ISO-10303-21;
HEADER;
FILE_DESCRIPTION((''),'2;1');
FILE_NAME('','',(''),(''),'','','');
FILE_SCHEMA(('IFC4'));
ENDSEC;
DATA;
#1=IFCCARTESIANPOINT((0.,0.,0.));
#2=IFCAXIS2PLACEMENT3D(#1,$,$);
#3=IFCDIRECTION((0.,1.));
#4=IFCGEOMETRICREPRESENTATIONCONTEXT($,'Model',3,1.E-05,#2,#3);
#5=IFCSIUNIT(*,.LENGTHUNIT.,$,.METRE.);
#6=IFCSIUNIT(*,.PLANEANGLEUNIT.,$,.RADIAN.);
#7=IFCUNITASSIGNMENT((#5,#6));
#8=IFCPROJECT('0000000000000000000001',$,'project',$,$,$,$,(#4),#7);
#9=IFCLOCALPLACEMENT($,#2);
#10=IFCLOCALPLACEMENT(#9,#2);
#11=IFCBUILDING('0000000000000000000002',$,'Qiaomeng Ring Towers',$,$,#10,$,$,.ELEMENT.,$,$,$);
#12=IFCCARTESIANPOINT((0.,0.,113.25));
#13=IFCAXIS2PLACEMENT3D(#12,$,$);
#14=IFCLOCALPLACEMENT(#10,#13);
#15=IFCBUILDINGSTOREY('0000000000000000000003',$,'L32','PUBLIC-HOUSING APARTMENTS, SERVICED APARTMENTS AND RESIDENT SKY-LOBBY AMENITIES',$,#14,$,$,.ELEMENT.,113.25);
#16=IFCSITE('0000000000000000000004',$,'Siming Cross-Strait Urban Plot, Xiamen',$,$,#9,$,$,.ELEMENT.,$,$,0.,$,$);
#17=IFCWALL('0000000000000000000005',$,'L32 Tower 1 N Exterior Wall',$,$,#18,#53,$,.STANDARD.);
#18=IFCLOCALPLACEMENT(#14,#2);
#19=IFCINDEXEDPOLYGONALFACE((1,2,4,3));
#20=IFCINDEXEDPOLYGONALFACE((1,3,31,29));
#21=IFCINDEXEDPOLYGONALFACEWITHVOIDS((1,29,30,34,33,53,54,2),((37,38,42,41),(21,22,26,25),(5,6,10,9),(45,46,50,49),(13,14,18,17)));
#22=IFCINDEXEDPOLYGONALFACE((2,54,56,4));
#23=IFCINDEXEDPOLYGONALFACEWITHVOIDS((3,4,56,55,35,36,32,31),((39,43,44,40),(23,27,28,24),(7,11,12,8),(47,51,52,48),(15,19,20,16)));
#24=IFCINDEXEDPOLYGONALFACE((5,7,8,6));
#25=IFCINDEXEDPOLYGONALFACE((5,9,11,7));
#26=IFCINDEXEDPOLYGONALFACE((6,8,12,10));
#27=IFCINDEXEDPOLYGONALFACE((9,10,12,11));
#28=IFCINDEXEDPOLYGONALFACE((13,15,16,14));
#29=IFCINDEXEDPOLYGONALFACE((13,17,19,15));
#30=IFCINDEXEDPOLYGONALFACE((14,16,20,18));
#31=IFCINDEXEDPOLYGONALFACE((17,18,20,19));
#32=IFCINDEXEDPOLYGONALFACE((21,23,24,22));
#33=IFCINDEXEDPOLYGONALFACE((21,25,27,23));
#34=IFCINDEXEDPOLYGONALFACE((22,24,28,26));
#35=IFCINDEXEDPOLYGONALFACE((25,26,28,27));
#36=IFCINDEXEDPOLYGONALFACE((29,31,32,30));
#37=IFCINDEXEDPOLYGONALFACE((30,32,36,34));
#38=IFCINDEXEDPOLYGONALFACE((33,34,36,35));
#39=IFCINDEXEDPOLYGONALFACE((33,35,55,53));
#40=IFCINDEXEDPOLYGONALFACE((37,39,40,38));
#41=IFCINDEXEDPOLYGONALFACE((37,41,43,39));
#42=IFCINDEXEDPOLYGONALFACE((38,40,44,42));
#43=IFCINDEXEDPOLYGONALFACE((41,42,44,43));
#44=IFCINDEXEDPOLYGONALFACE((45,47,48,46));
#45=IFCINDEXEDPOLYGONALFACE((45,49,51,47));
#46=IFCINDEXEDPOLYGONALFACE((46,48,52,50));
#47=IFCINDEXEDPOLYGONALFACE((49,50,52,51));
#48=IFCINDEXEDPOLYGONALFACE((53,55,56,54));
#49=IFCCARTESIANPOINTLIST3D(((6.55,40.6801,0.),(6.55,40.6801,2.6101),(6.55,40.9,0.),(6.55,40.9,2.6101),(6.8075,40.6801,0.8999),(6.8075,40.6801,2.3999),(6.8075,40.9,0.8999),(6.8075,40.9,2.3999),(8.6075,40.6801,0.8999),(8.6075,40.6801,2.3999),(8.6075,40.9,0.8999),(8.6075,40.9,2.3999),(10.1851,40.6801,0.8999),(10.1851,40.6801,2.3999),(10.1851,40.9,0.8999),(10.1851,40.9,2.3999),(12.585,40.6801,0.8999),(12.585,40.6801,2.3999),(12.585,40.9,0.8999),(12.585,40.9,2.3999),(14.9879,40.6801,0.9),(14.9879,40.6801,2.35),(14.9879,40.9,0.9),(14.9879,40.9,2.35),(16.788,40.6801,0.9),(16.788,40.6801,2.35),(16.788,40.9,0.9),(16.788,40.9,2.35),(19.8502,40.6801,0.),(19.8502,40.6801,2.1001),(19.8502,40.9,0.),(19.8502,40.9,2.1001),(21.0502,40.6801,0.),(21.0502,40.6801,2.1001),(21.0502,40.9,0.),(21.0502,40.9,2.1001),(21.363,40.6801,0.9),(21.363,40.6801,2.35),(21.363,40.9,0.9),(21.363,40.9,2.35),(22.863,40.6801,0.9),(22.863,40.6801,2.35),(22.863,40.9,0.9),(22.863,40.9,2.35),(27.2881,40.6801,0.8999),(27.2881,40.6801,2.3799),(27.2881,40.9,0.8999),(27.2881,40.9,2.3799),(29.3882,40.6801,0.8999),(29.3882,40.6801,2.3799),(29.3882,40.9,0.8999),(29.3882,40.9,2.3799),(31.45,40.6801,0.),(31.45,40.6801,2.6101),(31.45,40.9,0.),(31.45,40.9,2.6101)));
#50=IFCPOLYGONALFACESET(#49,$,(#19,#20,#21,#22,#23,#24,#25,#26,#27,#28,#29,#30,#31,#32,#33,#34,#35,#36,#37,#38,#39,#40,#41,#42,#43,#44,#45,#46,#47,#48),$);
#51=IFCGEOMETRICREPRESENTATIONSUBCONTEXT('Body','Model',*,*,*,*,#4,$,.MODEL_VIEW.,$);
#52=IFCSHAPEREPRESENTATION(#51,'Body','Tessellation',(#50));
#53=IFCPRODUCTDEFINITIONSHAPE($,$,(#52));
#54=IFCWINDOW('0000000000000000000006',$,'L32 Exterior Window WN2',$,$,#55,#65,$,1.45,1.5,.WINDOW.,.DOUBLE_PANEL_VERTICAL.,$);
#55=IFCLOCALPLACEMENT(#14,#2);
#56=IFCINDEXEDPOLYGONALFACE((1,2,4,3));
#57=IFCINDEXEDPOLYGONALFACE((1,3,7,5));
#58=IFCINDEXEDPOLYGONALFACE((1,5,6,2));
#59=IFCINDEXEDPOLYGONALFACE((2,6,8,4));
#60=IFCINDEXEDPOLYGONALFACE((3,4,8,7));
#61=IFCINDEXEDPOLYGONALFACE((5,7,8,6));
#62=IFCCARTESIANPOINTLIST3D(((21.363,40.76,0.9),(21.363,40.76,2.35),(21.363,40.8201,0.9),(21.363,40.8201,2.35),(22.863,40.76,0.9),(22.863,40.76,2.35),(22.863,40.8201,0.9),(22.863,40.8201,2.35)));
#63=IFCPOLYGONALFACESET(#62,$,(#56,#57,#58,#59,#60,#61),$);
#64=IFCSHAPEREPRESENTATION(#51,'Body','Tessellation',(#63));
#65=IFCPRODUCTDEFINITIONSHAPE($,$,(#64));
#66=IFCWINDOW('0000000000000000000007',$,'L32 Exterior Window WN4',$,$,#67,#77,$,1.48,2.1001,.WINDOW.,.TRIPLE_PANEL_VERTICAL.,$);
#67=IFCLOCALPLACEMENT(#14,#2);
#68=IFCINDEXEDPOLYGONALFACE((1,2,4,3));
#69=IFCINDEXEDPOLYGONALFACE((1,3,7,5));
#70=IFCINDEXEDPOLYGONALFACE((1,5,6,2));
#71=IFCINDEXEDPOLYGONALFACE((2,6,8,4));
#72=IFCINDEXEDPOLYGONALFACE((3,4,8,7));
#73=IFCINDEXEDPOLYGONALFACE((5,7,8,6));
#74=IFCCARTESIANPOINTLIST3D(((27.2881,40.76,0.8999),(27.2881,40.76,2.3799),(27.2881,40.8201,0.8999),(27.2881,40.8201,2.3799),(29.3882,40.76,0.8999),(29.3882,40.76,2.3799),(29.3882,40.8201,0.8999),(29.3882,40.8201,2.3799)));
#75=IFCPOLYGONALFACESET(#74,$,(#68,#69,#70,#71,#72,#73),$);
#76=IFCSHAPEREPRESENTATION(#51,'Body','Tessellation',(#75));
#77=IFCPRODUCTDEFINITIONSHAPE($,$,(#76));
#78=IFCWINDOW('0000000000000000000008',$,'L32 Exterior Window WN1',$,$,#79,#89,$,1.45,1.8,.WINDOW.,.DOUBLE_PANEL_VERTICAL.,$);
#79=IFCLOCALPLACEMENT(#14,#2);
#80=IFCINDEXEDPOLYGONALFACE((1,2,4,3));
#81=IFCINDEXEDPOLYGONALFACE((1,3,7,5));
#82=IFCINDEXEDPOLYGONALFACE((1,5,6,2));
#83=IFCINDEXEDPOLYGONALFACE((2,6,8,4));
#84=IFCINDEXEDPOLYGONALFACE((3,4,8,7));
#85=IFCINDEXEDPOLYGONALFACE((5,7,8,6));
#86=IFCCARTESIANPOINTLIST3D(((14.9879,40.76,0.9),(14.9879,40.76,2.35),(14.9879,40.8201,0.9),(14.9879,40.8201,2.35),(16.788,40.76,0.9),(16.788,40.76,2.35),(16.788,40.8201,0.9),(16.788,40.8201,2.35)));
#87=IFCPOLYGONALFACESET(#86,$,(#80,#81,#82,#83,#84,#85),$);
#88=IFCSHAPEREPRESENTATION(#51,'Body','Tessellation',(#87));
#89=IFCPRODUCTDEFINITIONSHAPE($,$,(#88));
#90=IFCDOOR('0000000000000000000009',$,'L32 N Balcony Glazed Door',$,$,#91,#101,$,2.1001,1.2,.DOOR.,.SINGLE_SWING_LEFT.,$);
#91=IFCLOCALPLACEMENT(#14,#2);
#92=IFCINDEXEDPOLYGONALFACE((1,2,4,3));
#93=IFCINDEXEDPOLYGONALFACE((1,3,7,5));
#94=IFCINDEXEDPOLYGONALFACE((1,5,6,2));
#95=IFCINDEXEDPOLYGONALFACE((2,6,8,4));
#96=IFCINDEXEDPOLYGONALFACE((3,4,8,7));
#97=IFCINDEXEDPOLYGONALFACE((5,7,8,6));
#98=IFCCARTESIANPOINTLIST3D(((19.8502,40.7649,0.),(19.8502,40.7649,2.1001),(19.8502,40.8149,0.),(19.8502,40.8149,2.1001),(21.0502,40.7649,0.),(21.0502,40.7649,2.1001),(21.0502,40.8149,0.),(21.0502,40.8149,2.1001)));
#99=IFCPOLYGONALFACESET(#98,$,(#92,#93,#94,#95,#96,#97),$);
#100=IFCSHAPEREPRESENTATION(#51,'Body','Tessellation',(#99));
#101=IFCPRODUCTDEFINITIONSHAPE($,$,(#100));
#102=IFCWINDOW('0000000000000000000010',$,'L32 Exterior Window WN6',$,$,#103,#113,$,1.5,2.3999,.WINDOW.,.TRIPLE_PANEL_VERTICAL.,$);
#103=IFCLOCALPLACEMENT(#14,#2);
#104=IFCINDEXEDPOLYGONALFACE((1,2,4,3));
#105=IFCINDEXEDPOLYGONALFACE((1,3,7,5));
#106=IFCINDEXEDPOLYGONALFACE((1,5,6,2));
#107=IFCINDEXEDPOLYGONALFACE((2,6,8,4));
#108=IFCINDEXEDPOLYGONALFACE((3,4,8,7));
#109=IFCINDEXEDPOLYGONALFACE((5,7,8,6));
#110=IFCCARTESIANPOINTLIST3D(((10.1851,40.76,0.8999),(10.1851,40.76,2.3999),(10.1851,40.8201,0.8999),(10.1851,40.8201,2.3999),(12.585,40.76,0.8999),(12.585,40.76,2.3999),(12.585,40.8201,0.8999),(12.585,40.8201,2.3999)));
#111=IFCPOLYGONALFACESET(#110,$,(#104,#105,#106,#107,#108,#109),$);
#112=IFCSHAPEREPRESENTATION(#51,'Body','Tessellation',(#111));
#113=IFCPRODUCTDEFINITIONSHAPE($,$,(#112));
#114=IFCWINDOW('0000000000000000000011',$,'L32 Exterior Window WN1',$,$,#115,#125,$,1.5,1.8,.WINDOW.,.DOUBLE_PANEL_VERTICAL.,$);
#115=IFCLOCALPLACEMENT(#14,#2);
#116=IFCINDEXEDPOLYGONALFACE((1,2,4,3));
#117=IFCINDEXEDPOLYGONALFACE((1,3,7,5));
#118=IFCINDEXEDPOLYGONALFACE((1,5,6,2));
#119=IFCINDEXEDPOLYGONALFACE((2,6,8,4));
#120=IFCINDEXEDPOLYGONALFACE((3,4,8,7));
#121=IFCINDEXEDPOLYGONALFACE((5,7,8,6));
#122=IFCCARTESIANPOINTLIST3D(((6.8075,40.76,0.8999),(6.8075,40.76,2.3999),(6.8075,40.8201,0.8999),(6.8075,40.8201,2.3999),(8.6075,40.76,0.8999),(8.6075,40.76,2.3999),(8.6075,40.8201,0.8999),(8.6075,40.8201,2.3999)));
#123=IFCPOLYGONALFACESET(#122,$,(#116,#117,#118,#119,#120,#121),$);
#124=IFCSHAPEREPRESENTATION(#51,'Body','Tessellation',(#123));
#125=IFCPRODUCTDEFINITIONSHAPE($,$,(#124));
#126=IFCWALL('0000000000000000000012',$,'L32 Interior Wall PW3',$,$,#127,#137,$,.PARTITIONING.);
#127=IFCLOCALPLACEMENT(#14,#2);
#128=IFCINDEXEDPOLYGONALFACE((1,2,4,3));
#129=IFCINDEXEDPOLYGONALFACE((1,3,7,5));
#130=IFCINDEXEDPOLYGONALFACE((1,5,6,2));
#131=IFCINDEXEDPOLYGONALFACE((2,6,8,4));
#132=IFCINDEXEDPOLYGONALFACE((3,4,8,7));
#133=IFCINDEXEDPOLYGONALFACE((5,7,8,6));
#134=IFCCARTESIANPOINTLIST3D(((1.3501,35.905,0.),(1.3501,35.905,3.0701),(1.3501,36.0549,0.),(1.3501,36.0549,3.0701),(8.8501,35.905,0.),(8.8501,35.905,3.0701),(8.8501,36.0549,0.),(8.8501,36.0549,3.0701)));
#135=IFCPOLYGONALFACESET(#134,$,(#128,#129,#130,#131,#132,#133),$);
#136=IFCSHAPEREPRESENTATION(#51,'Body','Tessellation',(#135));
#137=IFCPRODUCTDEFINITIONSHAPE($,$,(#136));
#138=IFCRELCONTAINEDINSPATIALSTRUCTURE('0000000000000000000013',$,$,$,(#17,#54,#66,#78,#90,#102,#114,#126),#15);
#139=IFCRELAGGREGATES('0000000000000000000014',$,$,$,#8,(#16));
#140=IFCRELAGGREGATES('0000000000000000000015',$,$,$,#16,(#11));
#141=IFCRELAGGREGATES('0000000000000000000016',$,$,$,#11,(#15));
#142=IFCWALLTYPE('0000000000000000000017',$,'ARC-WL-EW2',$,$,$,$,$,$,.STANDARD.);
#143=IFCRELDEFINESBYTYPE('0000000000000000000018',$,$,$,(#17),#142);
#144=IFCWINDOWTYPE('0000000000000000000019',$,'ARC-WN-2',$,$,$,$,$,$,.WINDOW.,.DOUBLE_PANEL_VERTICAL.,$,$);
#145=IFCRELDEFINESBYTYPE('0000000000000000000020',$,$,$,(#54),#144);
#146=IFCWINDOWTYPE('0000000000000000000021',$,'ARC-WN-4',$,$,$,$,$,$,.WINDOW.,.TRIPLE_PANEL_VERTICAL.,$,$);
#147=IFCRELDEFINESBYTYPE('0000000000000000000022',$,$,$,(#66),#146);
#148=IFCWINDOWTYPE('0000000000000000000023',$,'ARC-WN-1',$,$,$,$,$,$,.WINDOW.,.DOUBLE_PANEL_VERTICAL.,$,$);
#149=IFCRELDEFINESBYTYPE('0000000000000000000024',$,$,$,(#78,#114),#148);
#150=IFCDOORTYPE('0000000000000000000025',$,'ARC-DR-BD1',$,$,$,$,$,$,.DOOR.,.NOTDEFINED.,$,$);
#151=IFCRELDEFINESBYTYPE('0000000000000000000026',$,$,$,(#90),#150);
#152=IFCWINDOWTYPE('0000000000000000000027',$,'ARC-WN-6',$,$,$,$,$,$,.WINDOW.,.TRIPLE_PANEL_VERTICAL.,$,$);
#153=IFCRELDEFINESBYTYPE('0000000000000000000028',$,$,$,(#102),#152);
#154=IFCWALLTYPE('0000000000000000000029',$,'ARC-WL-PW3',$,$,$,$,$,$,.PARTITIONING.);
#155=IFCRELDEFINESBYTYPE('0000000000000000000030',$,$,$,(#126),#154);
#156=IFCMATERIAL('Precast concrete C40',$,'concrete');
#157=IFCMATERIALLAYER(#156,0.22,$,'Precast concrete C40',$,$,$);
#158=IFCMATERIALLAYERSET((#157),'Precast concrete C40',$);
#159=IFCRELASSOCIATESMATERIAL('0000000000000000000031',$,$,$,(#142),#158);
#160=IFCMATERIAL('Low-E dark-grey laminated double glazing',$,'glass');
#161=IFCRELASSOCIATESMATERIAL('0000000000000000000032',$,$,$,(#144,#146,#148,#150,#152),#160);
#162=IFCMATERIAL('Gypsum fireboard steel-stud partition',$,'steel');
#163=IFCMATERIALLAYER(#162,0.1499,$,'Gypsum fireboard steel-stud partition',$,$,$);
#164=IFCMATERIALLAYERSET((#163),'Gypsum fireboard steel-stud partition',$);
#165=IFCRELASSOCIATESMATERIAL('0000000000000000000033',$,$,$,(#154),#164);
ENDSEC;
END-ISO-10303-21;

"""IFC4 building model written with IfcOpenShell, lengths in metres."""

from ifc_helpers import new_model, si_unit, direction, frame, frame_2d, origin, place, context, subcontext, project, spatial, rectangle, extrude, source, transform, mapped, material, layer, layer_set, type_object, element, fill, save


model = new_model("IFC4")

# Units and contexts
model_context = context("Model", 3, precision=1e-05, world=origin(), true_north=direction((0.0, 1.0)))
body_context = subcontext(model_context, "Body", "Model", "MODEL_VIEW")
ifc_project = project(units=[si_unit("LENGTHUNIT", "METRE"), si_unit("PLANEANGLEUNIT", "RADIAN")], contexts=[model_context])

# Site, building, storey
site_placement = place(None, origin())
site = spatial("IfcSite", under=ifc_project, at=site_placement, Name="Siming Cross-Strait Urban Plot, Xiamen", CompositionType="ELEMENT", RefElevation=0.0)
building_placement = place(site_placement, origin())
building = spatial("IfcBuilding", under=site, at=building_placement, Name="Qiaomeng Ring Towers", CompositionType="ELEMENT")
storey_placement = place(building_placement, frame((0.0, 0.0, 113.25)))
storey = spatial("IfcBuildingStorey", under=building, at=storey_placement, Name="L32", Description="PUBLIC-HOUSING APARTMENTS, SERVICED APARTMENTS AND RESIDENT SKY-LOBBY AMENITIES", CompositionType="ELEMENT", Elevation=113.25)

# Shared definitions
ifc_material_1 = material(Name="Low-E dark-grey laminated double glazing", Category="glass")

# Wall, openings, windows, door
ifc_material_2 = material(Name="Precast concrete C40", Category="concrete")
ifc_layer_1 = layer(ifc_material_2, 0.22, Name="Precast concrete C40")
ifc_layer_set_1 = layer_set([ifc_layer_1], Name="Precast concrete C40")
wall_type_1 = type_object("IfcWallType", Name="ARC-WL-EW2", PredefinedType="STANDARD", material=ifc_layer_set_1)
wall_1_placement = place(storey_placement, frame((6.55, 40.79, 0.0), z_axis=(0.0, 0.0, 1.0), x_axis=(1.0, 0.0, 0.0)))
wall_1 = element("IfcWall", 1, at=wall_1_placement, inside=storey, type_object=wall_type_1, Name="L32 Tower 1 N Exterior Wall", PredefinedType="STANDARD", context=body_context, shape_type="SweptSolid", body=[
    extrude(rectangle(XDim=24.8999, YDim=0.22, at=frame_2d((12.45, 0.0))), origin(), (0.0, 0.0, 1.0), 2.6101),
])
opening_1_placement = place(wall_1_placement, frame((13.3, 0.0, 0.0)))
opening_1 = element("IfcOpeningElement", 2, at=opening_1_placement, cuts=wall_1, PredefinedType="OPENING", context=body_context, shape_type="SweptSolid", body=[
    extrude(rectangle(XDim=1.2, YDim=2.1001, at=frame_2d((0.6001, 1.05))), frame((0.0, 0.1199, 0.0), z_axis=(0.0, -1.0, 0.0), x_axis=(1.0, 0.0, 0.0)), (0.0, 0.0, 1.0), 0.24),
])
opening_2_placement = place(wall_1_placement, frame((3.635, 0.0, 0.8999)))
opening_2 = element("IfcOpeningElement", 3, at=opening_2_placement, cuts=wall_1, PredefinedType="OPENING", context=body_context, shape_type="SweptSolid", body=[
    extrude(rectangle(XDim=2.3999, YDim=1.5, at=frame_2d((1.2, 0.75))), frame((0.0, 0.1199, 0.0), z_axis=(0.0, -1.0, 0.0), x_axis=(1.0, 0.0, 0.0)), (0.0, 0.0, 1.0), 0.24),
])
opening_3_placement = place(wall_1_placement, frame((8.438, 0.0, 0.8999)))
opening_3 = element("IfcOpeningElement", 4, at=opening_3_placement, cuts=wall_1, PredefinedType="OPENING", context=body_context, shape_type="SweptSolid", body=[
    extrude(rectangle(XDim=1.8, YDim=1.45, at=frame_2d((0.8999, 0.7251))), frame((0.0, 0.1199, 0.0), z_axis=(0.0, -1.0, 0.0), x_axis=(1.0, 0.0, 0.0)), (0.0, 0.0, 1.0), 0.24),
])
opening_4_placement = place(wall_1_placement, frame((14.813, 0.0, 0.8999)))
opening_4 = element("IfcOpeningElement", 5, at=opening_4_placement, cuts=wall_1, PredefinedType="OPENING", context=body_context, shape_type="SweptSolid", body=[
    extrude(rectangle(XDim=1.5, YDim=1.45, at=frame_2d((0.75, 0.7251))), frame((0.0, 0.1199, 0.0), z_axis=(0.0, -1.0, 0.0), x_axis=(1.0, 0.0, 0.0)), (0.0, 0.0, 1.0), 0.24),
])
opening_5_placement = place(wall_1_placement, frame((20.738, 0.0, 0.8999)))
opening_5 = element("IfcOpeningElement", 6, at=opening_5_placement, cuts=wall_1, PredefinedType="OPENING", context=body_context, shape_type="SweptSolid", body=[
    extrude(rectangle(XDim=2.1001, YDim=1.48, at=frame_2d((1.05, 0.74))), frame((0.0, 0.1199, 0.0), z_axis=(0.0, -1.0, 0.0), x_axis=(1.0, 0.0, 0.0)), (0.0, 0.0, 1.0), 0.24),
])
opening_6_placement = place(wall_1_placement, frame((0.2576, 0.0, 0.8999)))
opening_6 = element("IfcOpeningElement", 7, at=opening_6_placement, cuts=wall_1, PredefinedType="OPENING", context=body_context, shape_type="SweptSolid", body=[
    extrude(rectangle(XDim=1.8, YDim=1.5, at=frame_2d((0.8999, 0.75))), frame((0.0, 0.1199, 0.0), z_axis=(0.0, -1.0, 0.0), x_axis=(1.0, 0.0, 0.0)), (0.0, 0.0, 1.0), 0.24),
])
window_type_1 = type_object("IfcWindowType", Name="ARC-WN-2", PartitioningType="DOUBLE_PANEL_VERTICAL", PredefinedType="WINDOW", material=ifc_material_1)
shared_shape_1 = source(origin(), body_context, "Body", "SweptSolid", [
    extrude(rectangle(XDim=1.5, YDim=1.45, at=frame_2d((0.75, 0.7251))), frame((0.0, 0.03, 0.0), z_axis=(0.0, -1.0, 0.0), x_axis=(1.0, 0.0, 0.0)), (0.0, 0.0, 1.0), 0.0601),
])
window_1_placement = place(opening_4_placement, origin())
window_1 = element("IfcWindow", 8, at=window_1_placement, inside=storey, type_object=window_type_1, Name="L32 Exterior Window WN2", OverallHeight=1.45, OverallWidth=1.5, PartitioningType="DOUBLE_PANEL_VERTICAL", PredefinedType="WINDOW", context=body_context, shape_type="MappedRepresentation", body=[
    mapped(shared_shape_1, transform((0.0, 0.0, 0.0), x_axis=(1.0, 0.0, 0.0), y_axis=(0.0, 1.0, 0.0), z_axis=(0.0, 0.0, 1.0), scale=1.0)),
])
fill(opening_4, window_1)
window_type_2 = type_object("IfcWindowType", Name="ARC-WN-4", PartitioningType="TRIPLE_PANEL_VERTICAL", PredefinedType="WINDOW", material=ifc_material_1)
shared_shape_2 = source(origin(), body_context, "Body", "SweptSolid", [
    extrude(rectangle(XDim=2.1001, YDim=1.48, at=frame_2d((1.05, 0.74))), frame((0.0, 0.03, 0.0), z_axis=(0.0, -1.0, 0.0), x_axis=(1.0, 0.0, 0.0)), (0.0, 0.0, 1.0), 0.0601),
])
window_2_placement = place(opening_5_placement, origin())
window_2 = element("IfcWindow", 9, at=window_2_placement, inside=storey, type_object=window_type_2, Name="L32 Exterior Window WN4", OverallHeight=1.48, OverallWidth=2.1001, PartitioningType="TRIPLE_PANEL_VERTICAL", PredefinedType="WINDOW", context=body_context, shape_type="MappedRepresentation", body=[
    mapped(shared_shape_2, transform((0.0, 0.0, 0.0), x_axis=(1.0, 0.0, 0.0), y_axis=(0.0, 1.0, 0.0), z_axis=(0.0, 0.0, 1.0), scale=1.0)),
])
fill(opening_5, window_2)
window_type_3 = type_object("IfcWindowType", Name="ARC-WN-1", PartitioningType="DOUBLE_PANEL_VERTICAL", PredefinedType="WINDOW", material=ifc_material_1)
shared_shape_3 = source(origin(), body_context, "Body", "SweptSolid", [
    extrude(rectangle(XDim=1.8, YDim=1.45, at=frame_2d((0.8999, 0.7251))), frame((0.0, 0.03, 0.0), z_axis=(0.0, -1.0, 0.0), x_axis=(1.0, 0.0, 0.0)), (0.0, 0.0, 1.0), 0.0601),
])
window_3_placement = place(opening_3_placement, origin())
window_3 = element("IfcWindow", 10, at=window_3_placement, inside=storey, type_object=window_type_3, Name="L32 Exterior Window WN1", OverallHeight=1.45, OverallWidth=1.8, PartitioningType="DOUBLE_PANEL_VERTICAL", PredefinedType="WINDOW", context=body_context, shape_type="MappedRepresentation", body=[
    mapped(shared_shape_3, transform((0.0, 0.0, 0.0), x_axis=(1.0, 0.0, 0.0), y_axis=(0.0, 1.0, 0.0), z_axis=(0.0, 0.0, 1.0), scale=1.0)),
])
fill(opening_3, window_3)
door_type = type_object("IfcDoorType", Name="ARC-DR-BD1", OperationType="NOTDEFINED", PredefinedType="DOOR", material=ifc_material_1)
shared_shape_4 = source(origin(), body_context, "Body", "SweptSolid", [
    extrude(rectangle(XDim=1.2, YDim=2.1001, at=frame_2d((0.6001, 1.05))), frame((0.0, 0.0249, 0.0), z_axis=(0.0, -1.0, 0.0), x_axis=(1.0, 0.0, 0.0)), (0.0, 0.0, 1.0), 0.05),
])
door_placement = place(opening_1_placement, origin())
door = element("IfcDoor", 11, at=door_placement, inside=storey, type_object=door_type, Name="L32 N Balcony Glazed Door", OperationType="SINGLE_SWING_LEFT", OverallHeight=2.1001, OverallWidth=1.2, PredefinedType="DOOR", context=body_context, shape_type="MappedRepresentation", body=[
    mapped(shared_shape_4, transform((0.0, 0.0, 0.0), x_axis=(1.0, 0.0, 0.0), y_axis=(0.0, 1.0, 0.0), z_axis=(0.0, 0.0, 1.0), scale=1.0)),
])
fill(opening_1, door)
window_type_4 = type_object("IfcWindowType", Name="ARC-WN-6", PartitioningType="TRIPLE_PANEL_VERTICAL", PredefinedType="WINDOW", material=ifc_material_1)
shared_shape_5 = source(origin(), body_context, "Body", "SweptSolid", [
    extrude(rectangle(XDim=2.3999, YDim=1.5, at=frame_2d((1.2, 0.75))), frame((0.0, 0.03, 0.0), z_axis=(0.0, -1.0, 0.0), x_axis=(1.0, 0.0, 0.0)), (0.0, 0.0, 1.0), 0.0601),
])
window_4_placement = place(opening_2_placement, origin())
window_4 = element("IfcWindow", 12, at=window_4_placement, inside=storey, type_object=window_type_4, Name="L32 Exterior Window WN6", OverallHeight=1.5, OverallWidth=2.3999, PartitioningType="TRIPLE_PANEL_VERTICAL", PredefinedType="WINDOW", context=body_context, shape_type="MappedRepresentation", body=[
    mapped(shared_shape_5, transform((0.0, 0.0, 0.0), x_axis=(1.0, 0.0, 0.0), y_axis=(0.0, 1.0, 0.0), z_axis=(0.0, 0.0, 1.0), scale=1.0)),
])
fill(opening_2, window_4)
shared_shape_6 = source(origin(), body_context, "Body", "SweptSolid", [
    extrude(rectangle(XDim=1.8, YDim=1.5, at=frame_2d((0.8999, 0.75))), frame((0.0, 0.03, 0.0), z_axis=(0.0, -1.0, 0.0), x_axis=(1.0, 0.0, 0.0)), (0.0, 0.0, 1.0), 0.0601),
])
window_5_placement = place(opening_6_placement, origin())
window_5 = element("IfcWindow", 13, at=window_5_placement, inside=storey, type_object=window_type_3, Name="L32 Exterior Window WN1", OverallHeight=1.5, OverallWidth=1.8, PartitioningType="DOUBLE_PANEL_VERTICAL", PredefinedType="WINDOW", context=body_context, shape_type="MappedRepresentation", body=[
    mapped(shared_shape_6, transform((0.0, 0.0, 0.0), x_axis=(1.0, 0.0, 0.0), y_axis=(0.0, 1.0, 0.0), z_axis=(0.0, 0.0, 1.0), scale=1.0)),
])
fill(opening_6, window_5)

# Wall
ifc_material_3 = material(Name="Gypsum fireboard steel-stud partition", Category="steel")
ifc_layer_2 = layer(ifc_material_3, 0.1499, Name="Gypsum fireboard steel-stud partition")
ifc_layer_set_2 = layer_set([ifc_layer_2], Name="Gypsum fireboard steel-stud partition")
wall_type_2 = type_object("IfcWallType", Name="ARC-WL-PW3", PredefinedType="PARTITIONING", material=ifc_layer_set_2)
wall_2_placement = place(storey_placement, frame((1.3501, 35.98, 0.0), z_axis=(0.0, 0.0, 1.0), x_axis=(1.0, 0.0, 0.0)))
element("IfcWall", 14, at=wall_2_placement, inside=storey, type_object=wall_type_2, Name="L32 Interior Wall PW3", PredefinedType="PARTITIONING", context=body_context, shape_type="SweptSolid", body=[
    extrude(rectangle(XDim=7.5, YDim=0.1499, at=frame_2d((3.75, 0.0))), origin(), (0.0, 0.0, 1.0), 3.0701),
])

save(model, "model.ifc")
